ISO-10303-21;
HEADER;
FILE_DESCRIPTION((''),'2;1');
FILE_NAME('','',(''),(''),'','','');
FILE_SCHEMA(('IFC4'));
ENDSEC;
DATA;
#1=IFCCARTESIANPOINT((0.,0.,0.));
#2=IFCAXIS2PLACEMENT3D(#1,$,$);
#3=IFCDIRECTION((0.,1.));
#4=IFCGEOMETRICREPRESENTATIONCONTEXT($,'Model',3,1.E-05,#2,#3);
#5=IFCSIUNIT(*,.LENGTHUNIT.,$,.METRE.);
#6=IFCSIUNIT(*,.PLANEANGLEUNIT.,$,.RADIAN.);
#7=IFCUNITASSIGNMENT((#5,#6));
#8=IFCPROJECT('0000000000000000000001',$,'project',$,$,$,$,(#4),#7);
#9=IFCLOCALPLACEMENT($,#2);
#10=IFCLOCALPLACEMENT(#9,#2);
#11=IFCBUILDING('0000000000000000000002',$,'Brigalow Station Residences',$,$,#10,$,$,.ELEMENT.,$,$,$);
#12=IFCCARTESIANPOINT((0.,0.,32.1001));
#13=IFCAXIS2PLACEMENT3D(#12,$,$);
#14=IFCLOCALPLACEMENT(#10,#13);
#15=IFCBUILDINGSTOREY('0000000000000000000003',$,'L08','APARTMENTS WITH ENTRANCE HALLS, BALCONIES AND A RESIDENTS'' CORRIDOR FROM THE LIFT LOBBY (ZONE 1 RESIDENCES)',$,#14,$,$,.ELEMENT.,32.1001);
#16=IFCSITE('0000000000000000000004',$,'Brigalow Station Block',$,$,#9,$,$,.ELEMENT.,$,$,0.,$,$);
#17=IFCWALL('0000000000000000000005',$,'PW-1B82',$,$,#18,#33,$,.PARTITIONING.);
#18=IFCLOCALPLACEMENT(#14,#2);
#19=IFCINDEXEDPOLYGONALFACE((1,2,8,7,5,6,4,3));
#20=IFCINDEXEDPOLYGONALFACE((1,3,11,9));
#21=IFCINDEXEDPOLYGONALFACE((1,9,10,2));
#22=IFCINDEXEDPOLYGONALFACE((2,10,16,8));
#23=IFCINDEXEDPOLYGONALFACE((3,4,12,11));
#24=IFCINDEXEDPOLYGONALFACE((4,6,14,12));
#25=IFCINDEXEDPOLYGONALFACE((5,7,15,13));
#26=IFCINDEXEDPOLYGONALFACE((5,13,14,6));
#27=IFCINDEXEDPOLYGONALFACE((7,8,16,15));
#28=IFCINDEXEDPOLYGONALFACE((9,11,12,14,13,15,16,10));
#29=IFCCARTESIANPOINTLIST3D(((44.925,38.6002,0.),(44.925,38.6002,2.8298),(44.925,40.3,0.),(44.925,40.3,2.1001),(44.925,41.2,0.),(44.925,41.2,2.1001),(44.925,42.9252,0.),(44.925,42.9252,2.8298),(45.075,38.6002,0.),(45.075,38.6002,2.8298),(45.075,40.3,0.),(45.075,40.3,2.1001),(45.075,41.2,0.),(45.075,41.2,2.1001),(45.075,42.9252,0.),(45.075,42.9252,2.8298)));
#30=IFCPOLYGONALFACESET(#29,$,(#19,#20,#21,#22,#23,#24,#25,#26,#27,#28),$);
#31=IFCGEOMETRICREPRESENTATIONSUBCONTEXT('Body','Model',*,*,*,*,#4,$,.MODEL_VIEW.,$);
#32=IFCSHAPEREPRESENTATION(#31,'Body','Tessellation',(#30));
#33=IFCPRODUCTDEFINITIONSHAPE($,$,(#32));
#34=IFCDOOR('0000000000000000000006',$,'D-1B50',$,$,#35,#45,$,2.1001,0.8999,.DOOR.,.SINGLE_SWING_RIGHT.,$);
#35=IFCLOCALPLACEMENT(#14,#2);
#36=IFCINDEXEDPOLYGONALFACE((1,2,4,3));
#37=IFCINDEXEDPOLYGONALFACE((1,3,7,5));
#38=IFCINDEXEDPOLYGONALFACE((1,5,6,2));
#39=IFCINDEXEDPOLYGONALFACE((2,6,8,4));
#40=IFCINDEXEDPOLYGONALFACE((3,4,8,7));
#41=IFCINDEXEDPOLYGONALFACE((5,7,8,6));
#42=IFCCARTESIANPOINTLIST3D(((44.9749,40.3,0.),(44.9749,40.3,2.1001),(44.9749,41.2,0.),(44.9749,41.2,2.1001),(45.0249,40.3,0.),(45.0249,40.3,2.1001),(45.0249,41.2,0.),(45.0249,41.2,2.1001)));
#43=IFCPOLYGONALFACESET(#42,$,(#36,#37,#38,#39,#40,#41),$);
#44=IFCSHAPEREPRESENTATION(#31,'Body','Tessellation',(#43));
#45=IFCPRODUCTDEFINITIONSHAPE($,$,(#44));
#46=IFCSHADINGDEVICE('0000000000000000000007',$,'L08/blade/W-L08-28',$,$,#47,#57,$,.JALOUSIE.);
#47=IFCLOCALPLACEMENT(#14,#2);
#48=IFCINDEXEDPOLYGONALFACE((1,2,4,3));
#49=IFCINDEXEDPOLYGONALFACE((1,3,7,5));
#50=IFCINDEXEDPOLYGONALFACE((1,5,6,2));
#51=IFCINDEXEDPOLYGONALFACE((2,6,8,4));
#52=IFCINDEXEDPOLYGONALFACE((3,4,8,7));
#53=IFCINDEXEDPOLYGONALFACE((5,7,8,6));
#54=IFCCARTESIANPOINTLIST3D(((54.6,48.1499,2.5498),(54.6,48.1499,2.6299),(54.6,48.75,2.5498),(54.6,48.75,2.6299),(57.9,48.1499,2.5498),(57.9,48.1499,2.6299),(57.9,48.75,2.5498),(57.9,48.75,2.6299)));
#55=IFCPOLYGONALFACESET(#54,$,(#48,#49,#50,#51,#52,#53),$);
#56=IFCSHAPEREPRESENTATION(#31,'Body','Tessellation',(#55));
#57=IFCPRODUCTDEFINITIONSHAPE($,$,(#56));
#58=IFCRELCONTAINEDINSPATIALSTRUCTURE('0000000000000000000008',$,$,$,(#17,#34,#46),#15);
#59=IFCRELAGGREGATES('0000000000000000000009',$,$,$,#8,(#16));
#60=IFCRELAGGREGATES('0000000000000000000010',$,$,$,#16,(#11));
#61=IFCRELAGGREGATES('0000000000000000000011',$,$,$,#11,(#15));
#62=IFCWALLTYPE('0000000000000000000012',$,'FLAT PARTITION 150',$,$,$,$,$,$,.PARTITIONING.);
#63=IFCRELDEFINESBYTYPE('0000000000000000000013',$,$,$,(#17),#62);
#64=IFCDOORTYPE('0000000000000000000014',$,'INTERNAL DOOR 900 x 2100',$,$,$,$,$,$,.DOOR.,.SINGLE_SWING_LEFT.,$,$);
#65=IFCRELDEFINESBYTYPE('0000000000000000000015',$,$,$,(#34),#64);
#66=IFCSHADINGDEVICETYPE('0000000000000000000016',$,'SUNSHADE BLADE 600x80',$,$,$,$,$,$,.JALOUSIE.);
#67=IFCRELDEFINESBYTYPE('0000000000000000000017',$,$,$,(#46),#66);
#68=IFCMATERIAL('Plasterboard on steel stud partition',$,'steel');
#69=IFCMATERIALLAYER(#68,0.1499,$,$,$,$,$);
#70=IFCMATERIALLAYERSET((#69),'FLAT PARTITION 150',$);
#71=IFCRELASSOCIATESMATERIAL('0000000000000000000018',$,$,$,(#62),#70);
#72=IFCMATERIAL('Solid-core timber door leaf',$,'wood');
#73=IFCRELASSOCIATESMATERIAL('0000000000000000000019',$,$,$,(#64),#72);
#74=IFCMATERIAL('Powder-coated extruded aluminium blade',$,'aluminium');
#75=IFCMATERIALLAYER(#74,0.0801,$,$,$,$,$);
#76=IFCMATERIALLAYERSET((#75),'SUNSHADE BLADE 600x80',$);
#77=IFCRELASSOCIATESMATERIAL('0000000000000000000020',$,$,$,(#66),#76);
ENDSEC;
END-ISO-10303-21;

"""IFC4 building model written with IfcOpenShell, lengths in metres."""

from ifc_helpers import new_model, si_unit, direction, frame, frame_2d, origin, origin_2d, place, context, subcontext, project, spatial, rectangle, extrude, material, layer, layer_set, type_object, element, fill, save


model = new_model("IFC4")

# Units and contexts
model_context = context("Model", 3, precision=1e-05, world=origin(), true_north=direction((0.0, 1.0)))
body_context = subcontext(model_context, "Body", "Model", "MODEL_VIEW")
ifc_project = project(units=[si_unit("LENGTHUNIT", "METRE"), si_unit("PLANEANGLEUNIT", "RADIAN")], contexts=[model_context])

# Site, building, storey
site_placement = place(None, origin())
site = spatial("IfcSite", under=ifc_project, at=site_placement, Name="Brigalow Station Block", CompositionType="ELEMENT", RefElevation=0.0)
building_placement = place(site_placement, origin())
building = spatial("IfcBuilding", under=site, at=building_placement, Name="Brigalow Station Residences", CompositionType="ELEMENT")
storey_placement = place(building_placement, frame((0.0, 0.0, 32.1001)))
storey = spatial("IfcBuildingStorey", under=building, at=storey_placement, Name="L08", Description="APARTMENTS WITH ENTRANCE HALLS, BALCONIES AND A RESIDENTS' CORRIDOR FROM THE LIFT LOBBY (ZONE 1 RESIDENCES)", CompositionType="ELEMENT", Elevation=32.1001)

# Shared definitions
ifc_material_1 = material(Name="Plasterboard on steel stud partition", Category="steel")
ifc_layer_1 = layer(ifc_material_1, 0.1499)
ifc_layer_set_1 = layer_set([ifc_layer_1], Name="FLAT PARTITION 150")
wall_type_1 = type_object("IfcWallType", Name="FLAT PARTITION 150", PredefinedType="PARTITIONING", material=ifc_layer_set_1)
ifc_material_2 = material(Name="Solid-core timber door leaf", Category="wood")
door_type_1 = type_object("IfcDoorType", Name="INTERNAL DOOR 900 x 2100", OperationType="SINGLE_SWING_LEFT", PredefinedType="DOOR", material=ifc_material_2)

# Wall, opening, door
wall_1_placement = place(storey_placement, frame((45.0, 38.6001, 0.0), z_axis=(0.0, 0.0, 1.0), x_axis=(0.0, 1.0, 0.0)))
wall_1 = element("IfcWall", 1, at=wall_1_placement, inside=storey, type_object=wall_type_1, Name="PW-1B82", PredefinedType="PARTITIONING", context=body_context, shape_type="SweptSolid", body=[
    extrude(rectangle(XDim=4.325, YDim=0.1499, at=frame_2d((2.1626, 0.0))), origin(), (0.0, 0.0, 1.0), 2.8298),
])
opening_1_placement = place(wall_1_placement, frame((1.7, 0.0, 0.0)))
opening_1 = element("IfcOpeningElement", 2, at=opening_1_placement, cuts=wall_1, PredefinedType="OPENING", context=body_context, shape_type="SweptSolid", body=[
    extrude(rectangle(XDim=0.8999, YDim=2.1001, at=frame_2d((0.45, 1.05))), frame((0.0, 0.085, 0.0), z_axis=(0.0, -1.0, 0.0), x_axis=(1.0, 0.0, 0.0)), (0.0, 0.0, 1.0), 0.1699),
])
door_1_placement = place(opening_1_placement, frame((0.8999, 0.0, 0.0), z_axis=(0.0, 0.0, 1.0), x_axis=(-1.0, 0.0, 0.0)))
door_1 = element("IfcDoor", 3, at=door_1_placement, inside=storey, type_object=door_type_1, Name="D-1B50", OperationType="SINGLE_SWING_RIGHT", OverallHeight=2.1001, OverallWidth=0.8999, PredefinedType="DOOR", context=body_context, shape_type="SweptSolid", body=[
    extrude(rectangle(XDim=0.8999, YDim=2.1001, at=frame_2d((0.45, 1.05))), frame((0.0, 0.0249, 0.0), z_axis=(0.0, -1.0, 0.0), x_axis=(1.0, 0.0, 0.0)), (0.0, 0.0, 1.0), 0.05),
])
fill(opening_1, door_1)

# Shading device
ifc_material_3 = material(Name="Powder-coated extruded aluminium blade", Category="aluminium")
ifc_layer_2 = layer(ifc_material_3, 0.0801)
ifc_layer_set_2 = layer_set([ifc_layer_2], Name="SUNSHADE BLADE 600x80")
shading_device_type = type_object("IfcShadingDeviceType", Name="SUNSHADE BLADE 600x80", PredefinedType="JALOUSIE", material=ifc_layer_set_2)
shading_device_placement = place(storey_placement, frame((56.25, 48.45, 2.5498), z_axis=(0.0, 0.0, 1.0), x_axis=(-1.0, 0.0, 0.0)))
element("IfcShadingDevice", 4, at=shading_device_placement, inside=storey, type_object=shading_device_type, Name="L08/blade/W-L08-28", PredefinedType="JALOUSIE", context=body_context, shape_type="SweptSolid", body=[
    extrude(rectangle(XDim=3.3, YDim=0.6001, at=origin_2d()), origin(), (0.0, 0.0, 1.0), 0.0801),
])

save(model, "model.ifc")
